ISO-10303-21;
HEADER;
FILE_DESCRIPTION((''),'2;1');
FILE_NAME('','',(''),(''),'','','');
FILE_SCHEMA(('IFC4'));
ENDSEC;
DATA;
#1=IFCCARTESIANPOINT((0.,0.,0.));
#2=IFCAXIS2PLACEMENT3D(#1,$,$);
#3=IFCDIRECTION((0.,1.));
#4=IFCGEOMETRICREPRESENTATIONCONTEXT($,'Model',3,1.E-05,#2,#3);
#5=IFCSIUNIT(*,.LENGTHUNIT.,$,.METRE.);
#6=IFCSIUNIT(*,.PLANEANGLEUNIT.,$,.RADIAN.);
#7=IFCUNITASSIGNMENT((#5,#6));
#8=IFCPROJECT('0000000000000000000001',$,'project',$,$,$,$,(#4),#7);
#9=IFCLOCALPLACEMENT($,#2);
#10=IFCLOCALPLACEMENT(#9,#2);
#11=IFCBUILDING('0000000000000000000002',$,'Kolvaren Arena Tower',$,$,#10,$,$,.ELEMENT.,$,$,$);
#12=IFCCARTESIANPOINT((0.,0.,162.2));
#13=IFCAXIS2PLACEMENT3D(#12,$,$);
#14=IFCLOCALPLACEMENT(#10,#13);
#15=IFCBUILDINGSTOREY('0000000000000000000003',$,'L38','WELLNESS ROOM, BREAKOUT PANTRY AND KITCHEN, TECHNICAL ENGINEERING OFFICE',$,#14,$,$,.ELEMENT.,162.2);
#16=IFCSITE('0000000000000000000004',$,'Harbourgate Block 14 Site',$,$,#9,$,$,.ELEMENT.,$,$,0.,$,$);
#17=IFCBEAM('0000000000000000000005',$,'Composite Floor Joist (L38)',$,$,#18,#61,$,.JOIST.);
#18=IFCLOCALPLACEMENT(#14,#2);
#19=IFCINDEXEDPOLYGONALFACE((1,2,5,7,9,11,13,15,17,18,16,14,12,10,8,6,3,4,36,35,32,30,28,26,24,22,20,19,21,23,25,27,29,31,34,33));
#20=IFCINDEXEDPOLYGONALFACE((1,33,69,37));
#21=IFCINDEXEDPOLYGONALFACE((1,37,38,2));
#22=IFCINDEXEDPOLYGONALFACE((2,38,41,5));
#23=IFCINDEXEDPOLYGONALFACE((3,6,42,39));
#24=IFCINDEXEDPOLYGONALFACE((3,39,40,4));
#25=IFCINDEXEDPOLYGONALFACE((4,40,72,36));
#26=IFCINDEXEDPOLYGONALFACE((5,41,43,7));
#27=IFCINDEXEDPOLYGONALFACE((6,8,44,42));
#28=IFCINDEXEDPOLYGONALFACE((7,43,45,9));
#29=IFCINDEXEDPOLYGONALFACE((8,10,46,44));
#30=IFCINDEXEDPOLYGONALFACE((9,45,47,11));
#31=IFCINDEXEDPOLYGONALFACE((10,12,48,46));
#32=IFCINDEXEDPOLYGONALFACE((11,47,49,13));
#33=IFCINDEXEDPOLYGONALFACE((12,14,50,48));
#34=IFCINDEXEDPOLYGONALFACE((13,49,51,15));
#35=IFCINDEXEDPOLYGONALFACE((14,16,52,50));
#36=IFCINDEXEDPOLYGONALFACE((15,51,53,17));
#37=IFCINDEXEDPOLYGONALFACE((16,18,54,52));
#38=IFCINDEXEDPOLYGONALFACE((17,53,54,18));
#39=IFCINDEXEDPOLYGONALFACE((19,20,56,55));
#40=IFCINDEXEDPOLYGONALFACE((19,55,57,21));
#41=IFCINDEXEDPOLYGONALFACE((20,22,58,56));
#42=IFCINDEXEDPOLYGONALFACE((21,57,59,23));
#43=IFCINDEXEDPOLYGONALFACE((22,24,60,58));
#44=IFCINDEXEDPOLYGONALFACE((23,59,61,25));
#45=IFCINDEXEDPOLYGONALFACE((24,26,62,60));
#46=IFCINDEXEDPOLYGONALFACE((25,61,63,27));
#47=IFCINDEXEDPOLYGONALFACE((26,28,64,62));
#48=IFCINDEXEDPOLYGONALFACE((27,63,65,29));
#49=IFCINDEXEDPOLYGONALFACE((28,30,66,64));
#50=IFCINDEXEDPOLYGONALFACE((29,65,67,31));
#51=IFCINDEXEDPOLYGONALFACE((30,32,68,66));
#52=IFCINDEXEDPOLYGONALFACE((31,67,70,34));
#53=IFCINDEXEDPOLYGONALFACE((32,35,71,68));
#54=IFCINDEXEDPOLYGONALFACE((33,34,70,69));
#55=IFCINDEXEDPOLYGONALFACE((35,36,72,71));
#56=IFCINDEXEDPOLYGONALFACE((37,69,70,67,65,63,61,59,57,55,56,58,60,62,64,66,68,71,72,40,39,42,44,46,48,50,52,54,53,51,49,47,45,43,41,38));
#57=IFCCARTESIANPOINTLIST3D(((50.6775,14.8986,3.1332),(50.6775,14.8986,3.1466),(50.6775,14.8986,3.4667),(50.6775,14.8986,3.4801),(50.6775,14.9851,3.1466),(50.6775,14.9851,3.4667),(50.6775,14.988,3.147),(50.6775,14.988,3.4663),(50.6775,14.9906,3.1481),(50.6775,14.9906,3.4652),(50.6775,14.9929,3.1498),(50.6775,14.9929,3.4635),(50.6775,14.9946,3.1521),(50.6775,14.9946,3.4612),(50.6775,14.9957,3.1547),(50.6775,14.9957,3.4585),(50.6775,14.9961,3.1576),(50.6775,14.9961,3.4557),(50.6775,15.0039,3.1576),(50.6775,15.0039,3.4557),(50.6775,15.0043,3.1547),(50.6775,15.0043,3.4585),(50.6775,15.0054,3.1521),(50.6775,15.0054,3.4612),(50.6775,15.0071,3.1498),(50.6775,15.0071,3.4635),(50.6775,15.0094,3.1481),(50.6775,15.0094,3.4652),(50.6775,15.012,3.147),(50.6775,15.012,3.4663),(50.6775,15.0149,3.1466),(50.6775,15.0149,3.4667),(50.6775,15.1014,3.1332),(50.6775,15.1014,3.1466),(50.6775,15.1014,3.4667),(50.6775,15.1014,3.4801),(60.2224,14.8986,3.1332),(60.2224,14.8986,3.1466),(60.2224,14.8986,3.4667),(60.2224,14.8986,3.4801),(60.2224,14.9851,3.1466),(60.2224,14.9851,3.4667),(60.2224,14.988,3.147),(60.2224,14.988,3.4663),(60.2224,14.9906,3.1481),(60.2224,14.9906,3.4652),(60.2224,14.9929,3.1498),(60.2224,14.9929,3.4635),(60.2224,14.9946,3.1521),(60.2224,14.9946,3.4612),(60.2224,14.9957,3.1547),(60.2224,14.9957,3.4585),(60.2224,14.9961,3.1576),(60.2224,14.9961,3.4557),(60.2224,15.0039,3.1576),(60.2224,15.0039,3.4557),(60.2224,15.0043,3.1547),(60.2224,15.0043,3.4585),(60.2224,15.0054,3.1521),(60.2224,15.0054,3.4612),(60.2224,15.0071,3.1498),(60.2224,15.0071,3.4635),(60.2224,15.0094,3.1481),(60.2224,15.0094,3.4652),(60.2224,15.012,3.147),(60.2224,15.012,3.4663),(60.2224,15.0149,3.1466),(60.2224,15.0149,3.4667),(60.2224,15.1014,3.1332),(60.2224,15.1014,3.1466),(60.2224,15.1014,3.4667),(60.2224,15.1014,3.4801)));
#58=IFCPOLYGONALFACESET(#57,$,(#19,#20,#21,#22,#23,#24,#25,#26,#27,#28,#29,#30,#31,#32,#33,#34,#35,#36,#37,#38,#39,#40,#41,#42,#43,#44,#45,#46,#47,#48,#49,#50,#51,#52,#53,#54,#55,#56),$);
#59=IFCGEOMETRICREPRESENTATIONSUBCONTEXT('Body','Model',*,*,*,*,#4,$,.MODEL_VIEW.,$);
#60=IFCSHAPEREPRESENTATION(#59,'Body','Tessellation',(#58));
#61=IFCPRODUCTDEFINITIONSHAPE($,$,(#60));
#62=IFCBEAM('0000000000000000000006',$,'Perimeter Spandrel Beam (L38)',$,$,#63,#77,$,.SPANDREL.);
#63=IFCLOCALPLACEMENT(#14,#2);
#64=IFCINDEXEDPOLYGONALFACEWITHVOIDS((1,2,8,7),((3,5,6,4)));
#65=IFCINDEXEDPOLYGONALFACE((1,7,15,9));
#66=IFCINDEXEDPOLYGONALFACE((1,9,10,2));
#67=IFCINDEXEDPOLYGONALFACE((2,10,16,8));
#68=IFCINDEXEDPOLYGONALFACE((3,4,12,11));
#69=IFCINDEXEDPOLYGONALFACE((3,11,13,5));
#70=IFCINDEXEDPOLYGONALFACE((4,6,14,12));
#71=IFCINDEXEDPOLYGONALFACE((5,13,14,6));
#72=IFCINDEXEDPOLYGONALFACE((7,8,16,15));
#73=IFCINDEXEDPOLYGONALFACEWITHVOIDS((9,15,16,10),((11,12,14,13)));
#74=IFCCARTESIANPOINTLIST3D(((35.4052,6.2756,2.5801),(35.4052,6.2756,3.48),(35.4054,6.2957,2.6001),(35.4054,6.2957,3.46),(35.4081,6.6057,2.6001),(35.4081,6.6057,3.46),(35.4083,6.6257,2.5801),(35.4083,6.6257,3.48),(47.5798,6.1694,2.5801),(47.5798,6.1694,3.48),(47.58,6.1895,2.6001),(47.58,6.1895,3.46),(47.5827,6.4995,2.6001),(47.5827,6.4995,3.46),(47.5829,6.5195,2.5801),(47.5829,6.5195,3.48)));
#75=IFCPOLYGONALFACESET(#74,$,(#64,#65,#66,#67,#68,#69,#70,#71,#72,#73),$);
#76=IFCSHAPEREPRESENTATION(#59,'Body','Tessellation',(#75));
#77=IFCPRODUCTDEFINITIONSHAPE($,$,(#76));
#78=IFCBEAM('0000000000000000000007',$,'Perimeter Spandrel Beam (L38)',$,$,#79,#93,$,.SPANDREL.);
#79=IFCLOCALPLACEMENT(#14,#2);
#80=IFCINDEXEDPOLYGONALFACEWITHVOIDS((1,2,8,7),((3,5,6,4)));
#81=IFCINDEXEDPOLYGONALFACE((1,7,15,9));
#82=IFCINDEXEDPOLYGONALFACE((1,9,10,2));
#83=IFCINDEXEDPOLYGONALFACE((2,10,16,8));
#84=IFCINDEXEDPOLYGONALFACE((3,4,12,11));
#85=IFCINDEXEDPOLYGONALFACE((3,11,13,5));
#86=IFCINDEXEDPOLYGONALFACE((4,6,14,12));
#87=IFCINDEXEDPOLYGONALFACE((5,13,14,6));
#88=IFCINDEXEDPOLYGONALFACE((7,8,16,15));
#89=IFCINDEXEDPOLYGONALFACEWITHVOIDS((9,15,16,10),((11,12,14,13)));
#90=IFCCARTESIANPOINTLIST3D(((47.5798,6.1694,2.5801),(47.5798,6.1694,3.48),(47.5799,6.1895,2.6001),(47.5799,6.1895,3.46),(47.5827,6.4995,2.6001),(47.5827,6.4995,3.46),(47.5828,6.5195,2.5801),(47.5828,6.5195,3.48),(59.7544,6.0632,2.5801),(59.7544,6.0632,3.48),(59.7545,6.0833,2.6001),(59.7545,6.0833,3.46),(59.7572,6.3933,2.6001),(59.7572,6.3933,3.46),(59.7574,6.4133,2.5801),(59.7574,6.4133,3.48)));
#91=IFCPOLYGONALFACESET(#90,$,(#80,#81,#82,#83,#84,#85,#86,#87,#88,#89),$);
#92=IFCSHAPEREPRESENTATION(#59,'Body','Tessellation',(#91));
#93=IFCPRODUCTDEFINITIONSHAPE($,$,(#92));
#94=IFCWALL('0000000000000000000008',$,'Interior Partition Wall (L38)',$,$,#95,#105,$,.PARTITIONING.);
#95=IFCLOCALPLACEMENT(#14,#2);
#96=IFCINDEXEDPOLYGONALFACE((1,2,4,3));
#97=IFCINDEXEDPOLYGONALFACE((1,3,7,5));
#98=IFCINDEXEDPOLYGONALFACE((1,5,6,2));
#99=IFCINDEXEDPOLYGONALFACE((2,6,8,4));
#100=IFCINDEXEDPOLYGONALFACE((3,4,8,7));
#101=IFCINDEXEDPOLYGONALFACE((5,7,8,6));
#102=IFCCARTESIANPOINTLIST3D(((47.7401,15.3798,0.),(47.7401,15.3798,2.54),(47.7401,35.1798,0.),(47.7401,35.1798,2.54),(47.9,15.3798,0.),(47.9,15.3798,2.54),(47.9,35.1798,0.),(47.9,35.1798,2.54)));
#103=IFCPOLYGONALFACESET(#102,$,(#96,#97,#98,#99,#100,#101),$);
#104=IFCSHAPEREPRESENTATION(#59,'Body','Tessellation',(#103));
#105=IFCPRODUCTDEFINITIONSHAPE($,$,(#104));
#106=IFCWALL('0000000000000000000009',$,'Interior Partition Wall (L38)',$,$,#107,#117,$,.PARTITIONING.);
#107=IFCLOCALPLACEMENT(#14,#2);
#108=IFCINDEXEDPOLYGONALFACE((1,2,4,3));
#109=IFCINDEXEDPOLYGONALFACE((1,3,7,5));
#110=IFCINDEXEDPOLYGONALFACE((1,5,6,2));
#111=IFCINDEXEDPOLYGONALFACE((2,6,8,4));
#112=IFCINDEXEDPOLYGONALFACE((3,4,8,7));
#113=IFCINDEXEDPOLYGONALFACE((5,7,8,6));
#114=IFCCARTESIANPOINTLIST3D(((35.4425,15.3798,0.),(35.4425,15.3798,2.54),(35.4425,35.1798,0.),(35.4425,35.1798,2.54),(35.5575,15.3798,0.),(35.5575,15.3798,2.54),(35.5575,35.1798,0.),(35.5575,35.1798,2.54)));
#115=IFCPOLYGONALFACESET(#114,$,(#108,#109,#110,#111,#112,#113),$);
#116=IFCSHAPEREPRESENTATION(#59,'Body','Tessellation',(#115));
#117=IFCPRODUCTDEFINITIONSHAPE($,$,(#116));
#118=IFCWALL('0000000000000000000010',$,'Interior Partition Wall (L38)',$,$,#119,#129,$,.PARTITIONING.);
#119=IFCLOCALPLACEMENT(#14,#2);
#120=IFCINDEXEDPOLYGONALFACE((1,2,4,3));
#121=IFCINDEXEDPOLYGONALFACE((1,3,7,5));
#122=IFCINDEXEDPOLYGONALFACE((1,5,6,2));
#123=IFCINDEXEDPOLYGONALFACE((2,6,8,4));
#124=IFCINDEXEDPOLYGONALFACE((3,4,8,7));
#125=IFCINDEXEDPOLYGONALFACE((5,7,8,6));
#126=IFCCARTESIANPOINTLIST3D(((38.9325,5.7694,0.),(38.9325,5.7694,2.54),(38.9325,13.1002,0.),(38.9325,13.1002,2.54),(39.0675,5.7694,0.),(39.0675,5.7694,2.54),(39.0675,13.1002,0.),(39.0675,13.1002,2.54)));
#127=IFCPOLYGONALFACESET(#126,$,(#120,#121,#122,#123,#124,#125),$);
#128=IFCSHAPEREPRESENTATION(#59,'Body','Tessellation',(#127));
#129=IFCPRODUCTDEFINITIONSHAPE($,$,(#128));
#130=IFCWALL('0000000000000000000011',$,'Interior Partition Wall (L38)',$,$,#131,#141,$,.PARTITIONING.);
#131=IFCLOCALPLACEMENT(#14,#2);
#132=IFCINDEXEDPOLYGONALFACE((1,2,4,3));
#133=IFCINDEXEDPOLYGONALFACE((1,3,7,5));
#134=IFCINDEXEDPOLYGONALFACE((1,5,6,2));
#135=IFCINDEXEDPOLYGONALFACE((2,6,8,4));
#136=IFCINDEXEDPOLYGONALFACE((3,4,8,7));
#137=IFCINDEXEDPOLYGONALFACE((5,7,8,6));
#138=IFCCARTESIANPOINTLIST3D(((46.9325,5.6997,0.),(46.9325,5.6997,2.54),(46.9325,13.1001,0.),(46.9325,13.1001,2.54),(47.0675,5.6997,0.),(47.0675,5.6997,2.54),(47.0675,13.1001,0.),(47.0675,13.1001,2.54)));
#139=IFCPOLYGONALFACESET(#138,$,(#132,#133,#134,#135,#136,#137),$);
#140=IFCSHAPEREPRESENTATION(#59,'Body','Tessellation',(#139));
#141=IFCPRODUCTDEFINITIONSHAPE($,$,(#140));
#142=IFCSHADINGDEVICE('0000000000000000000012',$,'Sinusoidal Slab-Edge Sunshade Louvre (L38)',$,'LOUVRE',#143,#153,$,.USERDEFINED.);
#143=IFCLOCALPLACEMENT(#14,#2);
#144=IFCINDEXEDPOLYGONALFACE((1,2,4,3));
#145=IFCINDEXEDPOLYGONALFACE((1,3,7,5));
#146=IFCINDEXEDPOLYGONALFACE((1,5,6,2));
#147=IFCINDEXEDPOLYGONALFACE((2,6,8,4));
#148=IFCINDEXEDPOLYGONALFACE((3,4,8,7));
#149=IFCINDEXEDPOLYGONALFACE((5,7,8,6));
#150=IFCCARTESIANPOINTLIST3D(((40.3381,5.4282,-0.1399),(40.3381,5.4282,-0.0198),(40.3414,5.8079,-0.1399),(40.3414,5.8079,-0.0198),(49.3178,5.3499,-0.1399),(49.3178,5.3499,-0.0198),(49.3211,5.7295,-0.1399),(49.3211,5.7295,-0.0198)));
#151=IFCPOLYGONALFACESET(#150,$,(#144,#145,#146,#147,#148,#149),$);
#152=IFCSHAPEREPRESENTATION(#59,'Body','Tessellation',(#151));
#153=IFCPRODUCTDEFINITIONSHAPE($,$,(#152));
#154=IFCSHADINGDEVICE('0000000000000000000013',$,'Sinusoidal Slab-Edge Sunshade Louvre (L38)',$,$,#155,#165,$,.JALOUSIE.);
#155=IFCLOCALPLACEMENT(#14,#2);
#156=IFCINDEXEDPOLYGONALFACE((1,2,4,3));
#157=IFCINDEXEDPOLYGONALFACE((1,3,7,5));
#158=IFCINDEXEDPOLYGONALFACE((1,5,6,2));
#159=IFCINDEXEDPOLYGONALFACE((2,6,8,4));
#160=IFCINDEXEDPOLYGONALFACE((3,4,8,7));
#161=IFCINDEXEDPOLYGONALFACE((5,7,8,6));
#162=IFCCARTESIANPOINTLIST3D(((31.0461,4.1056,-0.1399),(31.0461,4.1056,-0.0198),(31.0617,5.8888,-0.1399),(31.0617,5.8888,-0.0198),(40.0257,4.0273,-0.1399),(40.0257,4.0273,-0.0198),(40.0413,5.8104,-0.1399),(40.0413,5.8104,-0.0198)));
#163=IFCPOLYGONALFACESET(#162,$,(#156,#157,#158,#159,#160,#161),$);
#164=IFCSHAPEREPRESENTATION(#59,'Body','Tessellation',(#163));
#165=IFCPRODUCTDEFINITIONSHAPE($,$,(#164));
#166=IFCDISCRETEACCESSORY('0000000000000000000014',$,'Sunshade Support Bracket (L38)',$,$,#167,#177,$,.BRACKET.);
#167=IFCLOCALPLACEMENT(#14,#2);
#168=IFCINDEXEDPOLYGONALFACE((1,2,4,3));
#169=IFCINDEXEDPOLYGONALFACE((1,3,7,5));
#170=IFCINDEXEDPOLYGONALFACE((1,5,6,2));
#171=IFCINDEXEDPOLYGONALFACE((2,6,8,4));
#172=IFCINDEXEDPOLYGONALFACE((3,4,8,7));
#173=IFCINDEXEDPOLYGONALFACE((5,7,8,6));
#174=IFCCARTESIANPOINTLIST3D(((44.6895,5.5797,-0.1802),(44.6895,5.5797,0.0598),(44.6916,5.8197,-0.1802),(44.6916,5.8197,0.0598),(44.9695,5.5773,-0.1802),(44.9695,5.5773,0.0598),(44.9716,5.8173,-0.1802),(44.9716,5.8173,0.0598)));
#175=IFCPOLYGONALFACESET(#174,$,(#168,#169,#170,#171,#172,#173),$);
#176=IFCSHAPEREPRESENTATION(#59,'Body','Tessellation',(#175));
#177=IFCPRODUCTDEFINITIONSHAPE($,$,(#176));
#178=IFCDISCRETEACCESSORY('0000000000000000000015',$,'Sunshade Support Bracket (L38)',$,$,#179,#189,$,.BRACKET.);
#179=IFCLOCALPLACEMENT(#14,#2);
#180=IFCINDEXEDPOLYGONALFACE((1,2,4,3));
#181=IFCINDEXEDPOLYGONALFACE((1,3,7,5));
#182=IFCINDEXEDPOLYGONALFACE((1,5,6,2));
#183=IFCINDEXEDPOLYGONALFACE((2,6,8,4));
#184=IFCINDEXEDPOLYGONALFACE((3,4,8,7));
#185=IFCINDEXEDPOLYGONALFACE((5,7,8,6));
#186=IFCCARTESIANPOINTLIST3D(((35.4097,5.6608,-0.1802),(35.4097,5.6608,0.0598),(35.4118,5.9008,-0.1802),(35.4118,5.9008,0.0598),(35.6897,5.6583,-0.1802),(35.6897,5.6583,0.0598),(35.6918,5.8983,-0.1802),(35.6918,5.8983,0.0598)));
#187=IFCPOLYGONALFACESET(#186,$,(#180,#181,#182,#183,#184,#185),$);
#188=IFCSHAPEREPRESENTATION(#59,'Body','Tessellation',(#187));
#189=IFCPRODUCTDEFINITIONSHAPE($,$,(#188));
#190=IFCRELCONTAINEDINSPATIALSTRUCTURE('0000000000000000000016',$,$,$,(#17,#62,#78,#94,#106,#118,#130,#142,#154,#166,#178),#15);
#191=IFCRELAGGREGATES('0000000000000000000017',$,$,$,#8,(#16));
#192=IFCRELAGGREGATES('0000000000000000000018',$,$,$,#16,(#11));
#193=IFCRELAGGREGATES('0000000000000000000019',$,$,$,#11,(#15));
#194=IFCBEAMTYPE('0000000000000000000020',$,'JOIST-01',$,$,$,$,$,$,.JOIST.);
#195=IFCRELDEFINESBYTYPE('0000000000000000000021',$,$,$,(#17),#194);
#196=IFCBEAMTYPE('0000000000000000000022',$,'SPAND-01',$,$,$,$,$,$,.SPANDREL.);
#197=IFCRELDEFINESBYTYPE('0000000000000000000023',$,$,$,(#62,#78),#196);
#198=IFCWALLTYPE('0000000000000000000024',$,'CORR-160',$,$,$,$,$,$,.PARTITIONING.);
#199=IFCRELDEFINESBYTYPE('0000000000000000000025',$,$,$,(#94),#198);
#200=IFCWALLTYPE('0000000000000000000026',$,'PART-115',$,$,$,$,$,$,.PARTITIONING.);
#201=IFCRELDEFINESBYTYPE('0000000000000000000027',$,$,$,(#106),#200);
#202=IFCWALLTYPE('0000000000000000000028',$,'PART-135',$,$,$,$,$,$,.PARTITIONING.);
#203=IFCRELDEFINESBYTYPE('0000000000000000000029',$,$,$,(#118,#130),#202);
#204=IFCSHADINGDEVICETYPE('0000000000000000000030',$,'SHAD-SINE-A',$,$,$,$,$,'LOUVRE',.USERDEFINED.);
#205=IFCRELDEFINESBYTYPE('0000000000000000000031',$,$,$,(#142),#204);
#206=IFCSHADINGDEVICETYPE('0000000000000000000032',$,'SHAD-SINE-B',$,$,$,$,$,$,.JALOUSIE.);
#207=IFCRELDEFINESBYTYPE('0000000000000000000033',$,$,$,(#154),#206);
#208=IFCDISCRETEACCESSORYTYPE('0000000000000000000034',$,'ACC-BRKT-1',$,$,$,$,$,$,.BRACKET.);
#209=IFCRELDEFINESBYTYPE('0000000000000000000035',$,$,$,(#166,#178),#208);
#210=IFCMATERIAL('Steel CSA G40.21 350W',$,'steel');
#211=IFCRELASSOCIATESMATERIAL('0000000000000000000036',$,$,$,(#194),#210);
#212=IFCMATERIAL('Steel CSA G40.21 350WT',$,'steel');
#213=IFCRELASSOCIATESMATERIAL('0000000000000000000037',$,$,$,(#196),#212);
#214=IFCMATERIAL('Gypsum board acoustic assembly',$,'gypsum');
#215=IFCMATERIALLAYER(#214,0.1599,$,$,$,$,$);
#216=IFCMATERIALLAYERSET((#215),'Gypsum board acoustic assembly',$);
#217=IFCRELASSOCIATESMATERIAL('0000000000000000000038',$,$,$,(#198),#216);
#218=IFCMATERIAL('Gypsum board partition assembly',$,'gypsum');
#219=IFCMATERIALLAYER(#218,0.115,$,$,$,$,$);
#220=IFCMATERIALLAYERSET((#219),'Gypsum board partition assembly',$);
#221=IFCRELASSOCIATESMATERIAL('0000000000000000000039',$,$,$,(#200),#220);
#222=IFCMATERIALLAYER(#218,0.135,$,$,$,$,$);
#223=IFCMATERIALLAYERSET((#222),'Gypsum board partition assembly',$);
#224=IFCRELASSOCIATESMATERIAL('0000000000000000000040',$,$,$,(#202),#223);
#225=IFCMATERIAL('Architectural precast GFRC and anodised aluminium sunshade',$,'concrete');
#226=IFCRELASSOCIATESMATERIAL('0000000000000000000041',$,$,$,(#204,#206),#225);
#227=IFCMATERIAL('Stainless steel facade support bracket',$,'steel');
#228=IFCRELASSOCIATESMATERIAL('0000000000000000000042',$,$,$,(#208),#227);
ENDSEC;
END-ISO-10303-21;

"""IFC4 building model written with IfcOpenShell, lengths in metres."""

from ifc_helpers import new_model, si_unit, direction, frame, frame_2d, origin, origin_2d, place, context, subcontext, project, spatial, rectangle, hollow_rectangle, i_section, extrude, material, layer, layer_set, material_profile, profile_set, type_object, element, save


model = new_model("IFC4")

# Units and contexts
model_context = context("Model", 3, precision=1e-05, world=origin(), true_north=direction((0.0, 1.0)))
body_context = subcontext(model_context, "Body", "Model", "MODEL_VIEW")
ifc_project = project(units=[si_unit("LENGTHUNIT", "METRE"), si_unit("PLANEANGLEUNIT", "RADIAN")], contexts=[model_context])

# Site, building, storey
site_placement = place(None, origin())
site = spatial("IfcSite", under=ifc_project, at=site_placement, Name="Harbourgate Block 14 Site", CompositionType="ELEMENT", RefElevation=0.0)
building_placement = place(site_placement, origin())
building = spatial("IfcBuilding", under=site, at=building_placement, Name="Kolvaren Arena Tower", CompositionType="ELEMENT")
storey_placement = place(building_placement, frame((0.0, 0.0, 162.2)))
storey = spatial("IfcBuildingStorey", under=building, at=storey_placement, Name="L38", Description="WELLNESS ROOM, BREAKOUT PANTRY AND KITCHEN, TECHNICAL ENGINEERING OFFICE", CompositionType="ELEMENT", Elevation=162.2)

# Beams
ifc_material_1 = material(Name="Steel CSA G40.21 350W", Category="steel")
ifc_material_profile_1 = material_profile(ifc_material_1, i_section(OverallWidth=0.2029, OverallDepth=0.3469, WebThickness=0.0078, FlangeThickness=0.0134, FilletRadius=0.011, at=origin_2d()), Name="W360x64")
ifc_profile_set_1 = profile_set([ifc_material_profile_1], Name="Steel CSA G40.21 350W")
beam_type_1 = type_object("IfcBeamType", Name="JOIST-01", PredefinedType="JOIST", material=ifc_profile_set_1)
beam_1_placement = place(storey_placement, frame((50.6775, 15.0, 3.3066), z_axis=(1.0, 0.0, 0.0), x_axis=(0.0, 1.0, 0.0)))
element("IfcBeam", 1, at=beam_1_placement, inside=storey, type_object=beam_type_1, Name="Composite Floor Joist (L38)", PredefinedType="JOIST", context=body_context, shape_type="SweptSolid", body=[
    extrude(i_section(OverallWidth=0.2029, OverallDepth=0.3469, WebThickness=0.0078, FlangeThickness=0.0134, FilletRadius=0.011, at=origin_2d()), origin(), (0.0, 0.0, 1.0), 9.5449),
])
ifc_material_2 = material(Name="Steel CSA G40.21 350WT", Category="steel")
ifc_material_profile_2 = material_profile(ifc_material_2, hollow_rectangle(XDim=0.3501, YDim=0.8999, WallThickness=0.02, at=origin_2d()), Name="HSS 900x350x20")
ifc_profile_set_2 = profile_set([ifc_material_profile_2], Name="Steel CSA G40.21 350WT")
beam_type_2 = type_object("IfcBeamType", Name="SPAND-01", PredefinedType="SPANDREL", material=ifc_profile_set_2)
for number, where, z_axis, x_axis, name in (
    (2, (35.4067, 6.4507, 3.03), (0.999962, -0.008723, 0.0), (0.008723, 0.999962, 0.0), "Perimeter Spandrel Beam (L38)"),
    (3, (47.5813, 6.3445, 3.03), (0.999962, -0.008723, 0.0), (0.008723, 0.999962, 0.0), "Perimeter Spandrel Beam (L38)"),
):
    element("IfcBeam", number, at=place(storey_placement, frame(where, z_axis=z_axis, x_axis=x_axis)), inside=storey, type_object=beam_type_2, Name=name, PredefinedType="SPANDREL", context=body_context, shape_type="SweptSolid", body=[
        extrude(hollow_rectangle(XDim=0.3501, YDim=0.8999, WallThickness=0.02, at=origin_2d()), origin(), (0.0, 0.0, 1.0), 12.175),
    ])

# Walls
ifc_material_3 = material(Name="Gypsum board acoustic assembly", Category="gypsum")
ifc_layer_1 = layer(ifc_material_3, 0.1599)
ifc_layer_set_1 = layer_set([ifc_layer_1], Name="Gypsum board acoustic assembly")
wall_type_1 = type_object("IfcWallType", Name="CORR-160", PredefinedType="PARTITIONING", material=ifc_layer_set_1)
wall_1_placement = place(storey_placement, frame((47.8201, 15.3799, 0.0), z_axis=(0.0, 0.0, 1.0), x_axis=(0.0, 1.0, 0.0)))
element("IfcWall", 4, at=wall_1_placement, inside=storey, type_object=wall_type_1, Name="Interior Partition Wall (L38)", PredefinedType="PARTITIONING", context=body_context, shape_type="SweptSolid", body=[
    extrude(rectangle(XDim=19.8, YDim=0.1599, at=frame_2d((9.8999, 0.0))), origin(), (0.0, 0.0, 1.0), 2.54),
])
ifc_material_4 = material(Name="Gypsum board partition assembly", Category="gypsum")
ifc_layer_2 = layer(ifc_material_4, 0.115)
ifc_layer_set_2 = layer_set([ifc_layer_2], Name="Gypsum board partition assembly")
wall_type_2 = type_object("IfcWallType", Name="PART-115", PredefinedType="PARTITIONING", material=ifc_layer_set_2)
wall_2_placement = place(storey_placement, frame((35.5, 15.3799, 0.0), z_axis=(0.0, 0.0, 1.0), x_axis=(0.0, 1.0, 0.0)))
element("IfcWall", 5, at=wall_2_placement, inside=storey, type_object=wall_type_2, Name="Interior Partition Wall (L38)", PredefinedType="PARTITIONING", context=body_context, shape_type="SweptSolid", body=[
    extrude(rectangle(XDim=19.8, YDim=0.115, at=frame_2d((9.8999, 0.0))), origin(), (0.0, 0.0, 1.0), 2.54),
])
ifc_layer_3 = layer(ifc_material_4, 0.135)
ifc_layer_set_3 = layer_set([ifc_layer_3], Name="Gypsum board partition assembly")
wall_type_3 = type_object("IfcWallType", Name="PART-135", PredefinedType="PARTITIONING", material=ifc_layer_set_3)
wall_3_placement = place(storey_placement, frame((39.0, 5.7693, 0.0), z_axis=(0.0, 0.0, 1.0), x_axis=(0.0, 1.0, 0.0)))
element("IfcWall", 6, at=wall_3_placement, inside=storey, type_object=wall_type_3, Name="Interior Partition Wall (L38)", PredefinedType="PARTITIONING", context=body_context, shape_type="SweptSolid", body=[
    extrude(rectangle(XDim=7.3308, YDim=0.135, at=frame_2d((3.6655, 0.0))), origin(), (0.0, 0.0, 1.0), 2.54),
])
wall_4_placement = place(storey_placement, frame((47.0, 5.6997, 0.0), z_axis=(0.0, 0.0, 1.0), x_axis=(0.0, 1.0, 0.0)))
element("IfcWall", 7, at=wall_4_placement, inside=storey, type_object=wall_type_3, Name="Interior Partition Wall (L38)", PredefinedType="PARTITIONING", context=body_context, shape_type="SweptSolid", body=[
    extrude(rectangle(XDim=7.4004, YDim=0.135, at=frame_2d((3.7002, 0.0))), origin(), (0.0, 0.0, 1.0), 2.54),
])

# Shading devices
ifc_material_5 = material(Name="Architectural precast GFRC and anodised aluminium sunshade", Category="concrete")
shading_device_type_1 = type_object("IfcShadingDeviceType", Name="SHAD-SINE-A", ElementType="LOUVRE", PredefinedType="USERDEFINED", material=ifc_material_5)
shading_device_1_placement = place(storey_placement, frame((44.8296, 5.5789, -0.1399), z_axis=(0.0, 0.0, 1.0), x_axis=(-0.999962, 0.008727, 0.0)))
element("IfcShadingDevice", 8, at=shading_device_1_placement, inside=storey, type_object=shading_device_type_1, Name="Sinusoidal Slab-Edge Sunshade Louvre (L38)", ObjectType="LOUVRE", PredefinedType="USERDEFINED", context=body_context, shape_type="SweptSolid", body=[
    extrude(rectangle(XDim=8.98, YDim=0.3796, at=origin_2d()), origin(), (0.0, 0.0, 1.0), 0.1201),
])
shading_device_type_2 = type_object("IfcShadingDeviceType", Name="SHAD-SINE-B", PredefinedType="JALOUSIE", material=ifc_material_5)
shading_device_2_placement = place(storey_placement, frame((35.5437, 4.958, -0.1399), z_axis=(0.0, 0.0, 1.0), x_axis=(-0.999962, 0.008727, 0.0)))
element("IfcShadingDevice", 9, at=shading_device_2_placement, inside=storey, type_object=shading_device_type_2, Name="Sinusoidal Slab-Edge Sunshade Louvre (L38)", PredefinedType="JALOUSIE", context=body_context, shape_type="SweptSolid", body=[
    extrude(rectangle(XDim=8.98, YDim=1.7832, at=origin_2d()), origin(), (0.0, 0.0, 1.0), 0.1201),
])

# Discrete accessories
ifc_material_6 = material(Name="Stainless steel facade support bracket", Category="steel")
discrete_accessory_type = type_object("IfcDiscreteAccessoryType", Name="ACC-BRKT-1", PredefinedType="BRACKET", material=ifc_material_6)
for number, where, z_axis, x_axis, name in (
    (10, (44.8306, 5.6985, -0.1802), (0.0, 0.0, 1.0), (-0.999962, 0.008727, 0.0), "Sunshade Support Bracket (L38)"),
    (11, (35.5508, 5.7795, -0.1802), (0.0, 0.0, 1.0), (-0.999962, 0.008727, 0.0), "Sunshade Support Bracket (L38)"),
):
    element("IfcDiscreteAccessory", number, at=place(storey_placement, frame(where, z_axis=z_axis, x_axis=x_axis)), inside=storey, type_object=discrete_accessory_type, Name=name, PredefinedType="BRACKET", context=body_context, shape_type="SweptSolid", body=[
        extrude(rectangle(XDim=0.28, YDim=0.24, at=origin_2d()), origin(), (0.0, 0.0, 1.0), 0.24),
    ])

save(model, "model.ifc")
